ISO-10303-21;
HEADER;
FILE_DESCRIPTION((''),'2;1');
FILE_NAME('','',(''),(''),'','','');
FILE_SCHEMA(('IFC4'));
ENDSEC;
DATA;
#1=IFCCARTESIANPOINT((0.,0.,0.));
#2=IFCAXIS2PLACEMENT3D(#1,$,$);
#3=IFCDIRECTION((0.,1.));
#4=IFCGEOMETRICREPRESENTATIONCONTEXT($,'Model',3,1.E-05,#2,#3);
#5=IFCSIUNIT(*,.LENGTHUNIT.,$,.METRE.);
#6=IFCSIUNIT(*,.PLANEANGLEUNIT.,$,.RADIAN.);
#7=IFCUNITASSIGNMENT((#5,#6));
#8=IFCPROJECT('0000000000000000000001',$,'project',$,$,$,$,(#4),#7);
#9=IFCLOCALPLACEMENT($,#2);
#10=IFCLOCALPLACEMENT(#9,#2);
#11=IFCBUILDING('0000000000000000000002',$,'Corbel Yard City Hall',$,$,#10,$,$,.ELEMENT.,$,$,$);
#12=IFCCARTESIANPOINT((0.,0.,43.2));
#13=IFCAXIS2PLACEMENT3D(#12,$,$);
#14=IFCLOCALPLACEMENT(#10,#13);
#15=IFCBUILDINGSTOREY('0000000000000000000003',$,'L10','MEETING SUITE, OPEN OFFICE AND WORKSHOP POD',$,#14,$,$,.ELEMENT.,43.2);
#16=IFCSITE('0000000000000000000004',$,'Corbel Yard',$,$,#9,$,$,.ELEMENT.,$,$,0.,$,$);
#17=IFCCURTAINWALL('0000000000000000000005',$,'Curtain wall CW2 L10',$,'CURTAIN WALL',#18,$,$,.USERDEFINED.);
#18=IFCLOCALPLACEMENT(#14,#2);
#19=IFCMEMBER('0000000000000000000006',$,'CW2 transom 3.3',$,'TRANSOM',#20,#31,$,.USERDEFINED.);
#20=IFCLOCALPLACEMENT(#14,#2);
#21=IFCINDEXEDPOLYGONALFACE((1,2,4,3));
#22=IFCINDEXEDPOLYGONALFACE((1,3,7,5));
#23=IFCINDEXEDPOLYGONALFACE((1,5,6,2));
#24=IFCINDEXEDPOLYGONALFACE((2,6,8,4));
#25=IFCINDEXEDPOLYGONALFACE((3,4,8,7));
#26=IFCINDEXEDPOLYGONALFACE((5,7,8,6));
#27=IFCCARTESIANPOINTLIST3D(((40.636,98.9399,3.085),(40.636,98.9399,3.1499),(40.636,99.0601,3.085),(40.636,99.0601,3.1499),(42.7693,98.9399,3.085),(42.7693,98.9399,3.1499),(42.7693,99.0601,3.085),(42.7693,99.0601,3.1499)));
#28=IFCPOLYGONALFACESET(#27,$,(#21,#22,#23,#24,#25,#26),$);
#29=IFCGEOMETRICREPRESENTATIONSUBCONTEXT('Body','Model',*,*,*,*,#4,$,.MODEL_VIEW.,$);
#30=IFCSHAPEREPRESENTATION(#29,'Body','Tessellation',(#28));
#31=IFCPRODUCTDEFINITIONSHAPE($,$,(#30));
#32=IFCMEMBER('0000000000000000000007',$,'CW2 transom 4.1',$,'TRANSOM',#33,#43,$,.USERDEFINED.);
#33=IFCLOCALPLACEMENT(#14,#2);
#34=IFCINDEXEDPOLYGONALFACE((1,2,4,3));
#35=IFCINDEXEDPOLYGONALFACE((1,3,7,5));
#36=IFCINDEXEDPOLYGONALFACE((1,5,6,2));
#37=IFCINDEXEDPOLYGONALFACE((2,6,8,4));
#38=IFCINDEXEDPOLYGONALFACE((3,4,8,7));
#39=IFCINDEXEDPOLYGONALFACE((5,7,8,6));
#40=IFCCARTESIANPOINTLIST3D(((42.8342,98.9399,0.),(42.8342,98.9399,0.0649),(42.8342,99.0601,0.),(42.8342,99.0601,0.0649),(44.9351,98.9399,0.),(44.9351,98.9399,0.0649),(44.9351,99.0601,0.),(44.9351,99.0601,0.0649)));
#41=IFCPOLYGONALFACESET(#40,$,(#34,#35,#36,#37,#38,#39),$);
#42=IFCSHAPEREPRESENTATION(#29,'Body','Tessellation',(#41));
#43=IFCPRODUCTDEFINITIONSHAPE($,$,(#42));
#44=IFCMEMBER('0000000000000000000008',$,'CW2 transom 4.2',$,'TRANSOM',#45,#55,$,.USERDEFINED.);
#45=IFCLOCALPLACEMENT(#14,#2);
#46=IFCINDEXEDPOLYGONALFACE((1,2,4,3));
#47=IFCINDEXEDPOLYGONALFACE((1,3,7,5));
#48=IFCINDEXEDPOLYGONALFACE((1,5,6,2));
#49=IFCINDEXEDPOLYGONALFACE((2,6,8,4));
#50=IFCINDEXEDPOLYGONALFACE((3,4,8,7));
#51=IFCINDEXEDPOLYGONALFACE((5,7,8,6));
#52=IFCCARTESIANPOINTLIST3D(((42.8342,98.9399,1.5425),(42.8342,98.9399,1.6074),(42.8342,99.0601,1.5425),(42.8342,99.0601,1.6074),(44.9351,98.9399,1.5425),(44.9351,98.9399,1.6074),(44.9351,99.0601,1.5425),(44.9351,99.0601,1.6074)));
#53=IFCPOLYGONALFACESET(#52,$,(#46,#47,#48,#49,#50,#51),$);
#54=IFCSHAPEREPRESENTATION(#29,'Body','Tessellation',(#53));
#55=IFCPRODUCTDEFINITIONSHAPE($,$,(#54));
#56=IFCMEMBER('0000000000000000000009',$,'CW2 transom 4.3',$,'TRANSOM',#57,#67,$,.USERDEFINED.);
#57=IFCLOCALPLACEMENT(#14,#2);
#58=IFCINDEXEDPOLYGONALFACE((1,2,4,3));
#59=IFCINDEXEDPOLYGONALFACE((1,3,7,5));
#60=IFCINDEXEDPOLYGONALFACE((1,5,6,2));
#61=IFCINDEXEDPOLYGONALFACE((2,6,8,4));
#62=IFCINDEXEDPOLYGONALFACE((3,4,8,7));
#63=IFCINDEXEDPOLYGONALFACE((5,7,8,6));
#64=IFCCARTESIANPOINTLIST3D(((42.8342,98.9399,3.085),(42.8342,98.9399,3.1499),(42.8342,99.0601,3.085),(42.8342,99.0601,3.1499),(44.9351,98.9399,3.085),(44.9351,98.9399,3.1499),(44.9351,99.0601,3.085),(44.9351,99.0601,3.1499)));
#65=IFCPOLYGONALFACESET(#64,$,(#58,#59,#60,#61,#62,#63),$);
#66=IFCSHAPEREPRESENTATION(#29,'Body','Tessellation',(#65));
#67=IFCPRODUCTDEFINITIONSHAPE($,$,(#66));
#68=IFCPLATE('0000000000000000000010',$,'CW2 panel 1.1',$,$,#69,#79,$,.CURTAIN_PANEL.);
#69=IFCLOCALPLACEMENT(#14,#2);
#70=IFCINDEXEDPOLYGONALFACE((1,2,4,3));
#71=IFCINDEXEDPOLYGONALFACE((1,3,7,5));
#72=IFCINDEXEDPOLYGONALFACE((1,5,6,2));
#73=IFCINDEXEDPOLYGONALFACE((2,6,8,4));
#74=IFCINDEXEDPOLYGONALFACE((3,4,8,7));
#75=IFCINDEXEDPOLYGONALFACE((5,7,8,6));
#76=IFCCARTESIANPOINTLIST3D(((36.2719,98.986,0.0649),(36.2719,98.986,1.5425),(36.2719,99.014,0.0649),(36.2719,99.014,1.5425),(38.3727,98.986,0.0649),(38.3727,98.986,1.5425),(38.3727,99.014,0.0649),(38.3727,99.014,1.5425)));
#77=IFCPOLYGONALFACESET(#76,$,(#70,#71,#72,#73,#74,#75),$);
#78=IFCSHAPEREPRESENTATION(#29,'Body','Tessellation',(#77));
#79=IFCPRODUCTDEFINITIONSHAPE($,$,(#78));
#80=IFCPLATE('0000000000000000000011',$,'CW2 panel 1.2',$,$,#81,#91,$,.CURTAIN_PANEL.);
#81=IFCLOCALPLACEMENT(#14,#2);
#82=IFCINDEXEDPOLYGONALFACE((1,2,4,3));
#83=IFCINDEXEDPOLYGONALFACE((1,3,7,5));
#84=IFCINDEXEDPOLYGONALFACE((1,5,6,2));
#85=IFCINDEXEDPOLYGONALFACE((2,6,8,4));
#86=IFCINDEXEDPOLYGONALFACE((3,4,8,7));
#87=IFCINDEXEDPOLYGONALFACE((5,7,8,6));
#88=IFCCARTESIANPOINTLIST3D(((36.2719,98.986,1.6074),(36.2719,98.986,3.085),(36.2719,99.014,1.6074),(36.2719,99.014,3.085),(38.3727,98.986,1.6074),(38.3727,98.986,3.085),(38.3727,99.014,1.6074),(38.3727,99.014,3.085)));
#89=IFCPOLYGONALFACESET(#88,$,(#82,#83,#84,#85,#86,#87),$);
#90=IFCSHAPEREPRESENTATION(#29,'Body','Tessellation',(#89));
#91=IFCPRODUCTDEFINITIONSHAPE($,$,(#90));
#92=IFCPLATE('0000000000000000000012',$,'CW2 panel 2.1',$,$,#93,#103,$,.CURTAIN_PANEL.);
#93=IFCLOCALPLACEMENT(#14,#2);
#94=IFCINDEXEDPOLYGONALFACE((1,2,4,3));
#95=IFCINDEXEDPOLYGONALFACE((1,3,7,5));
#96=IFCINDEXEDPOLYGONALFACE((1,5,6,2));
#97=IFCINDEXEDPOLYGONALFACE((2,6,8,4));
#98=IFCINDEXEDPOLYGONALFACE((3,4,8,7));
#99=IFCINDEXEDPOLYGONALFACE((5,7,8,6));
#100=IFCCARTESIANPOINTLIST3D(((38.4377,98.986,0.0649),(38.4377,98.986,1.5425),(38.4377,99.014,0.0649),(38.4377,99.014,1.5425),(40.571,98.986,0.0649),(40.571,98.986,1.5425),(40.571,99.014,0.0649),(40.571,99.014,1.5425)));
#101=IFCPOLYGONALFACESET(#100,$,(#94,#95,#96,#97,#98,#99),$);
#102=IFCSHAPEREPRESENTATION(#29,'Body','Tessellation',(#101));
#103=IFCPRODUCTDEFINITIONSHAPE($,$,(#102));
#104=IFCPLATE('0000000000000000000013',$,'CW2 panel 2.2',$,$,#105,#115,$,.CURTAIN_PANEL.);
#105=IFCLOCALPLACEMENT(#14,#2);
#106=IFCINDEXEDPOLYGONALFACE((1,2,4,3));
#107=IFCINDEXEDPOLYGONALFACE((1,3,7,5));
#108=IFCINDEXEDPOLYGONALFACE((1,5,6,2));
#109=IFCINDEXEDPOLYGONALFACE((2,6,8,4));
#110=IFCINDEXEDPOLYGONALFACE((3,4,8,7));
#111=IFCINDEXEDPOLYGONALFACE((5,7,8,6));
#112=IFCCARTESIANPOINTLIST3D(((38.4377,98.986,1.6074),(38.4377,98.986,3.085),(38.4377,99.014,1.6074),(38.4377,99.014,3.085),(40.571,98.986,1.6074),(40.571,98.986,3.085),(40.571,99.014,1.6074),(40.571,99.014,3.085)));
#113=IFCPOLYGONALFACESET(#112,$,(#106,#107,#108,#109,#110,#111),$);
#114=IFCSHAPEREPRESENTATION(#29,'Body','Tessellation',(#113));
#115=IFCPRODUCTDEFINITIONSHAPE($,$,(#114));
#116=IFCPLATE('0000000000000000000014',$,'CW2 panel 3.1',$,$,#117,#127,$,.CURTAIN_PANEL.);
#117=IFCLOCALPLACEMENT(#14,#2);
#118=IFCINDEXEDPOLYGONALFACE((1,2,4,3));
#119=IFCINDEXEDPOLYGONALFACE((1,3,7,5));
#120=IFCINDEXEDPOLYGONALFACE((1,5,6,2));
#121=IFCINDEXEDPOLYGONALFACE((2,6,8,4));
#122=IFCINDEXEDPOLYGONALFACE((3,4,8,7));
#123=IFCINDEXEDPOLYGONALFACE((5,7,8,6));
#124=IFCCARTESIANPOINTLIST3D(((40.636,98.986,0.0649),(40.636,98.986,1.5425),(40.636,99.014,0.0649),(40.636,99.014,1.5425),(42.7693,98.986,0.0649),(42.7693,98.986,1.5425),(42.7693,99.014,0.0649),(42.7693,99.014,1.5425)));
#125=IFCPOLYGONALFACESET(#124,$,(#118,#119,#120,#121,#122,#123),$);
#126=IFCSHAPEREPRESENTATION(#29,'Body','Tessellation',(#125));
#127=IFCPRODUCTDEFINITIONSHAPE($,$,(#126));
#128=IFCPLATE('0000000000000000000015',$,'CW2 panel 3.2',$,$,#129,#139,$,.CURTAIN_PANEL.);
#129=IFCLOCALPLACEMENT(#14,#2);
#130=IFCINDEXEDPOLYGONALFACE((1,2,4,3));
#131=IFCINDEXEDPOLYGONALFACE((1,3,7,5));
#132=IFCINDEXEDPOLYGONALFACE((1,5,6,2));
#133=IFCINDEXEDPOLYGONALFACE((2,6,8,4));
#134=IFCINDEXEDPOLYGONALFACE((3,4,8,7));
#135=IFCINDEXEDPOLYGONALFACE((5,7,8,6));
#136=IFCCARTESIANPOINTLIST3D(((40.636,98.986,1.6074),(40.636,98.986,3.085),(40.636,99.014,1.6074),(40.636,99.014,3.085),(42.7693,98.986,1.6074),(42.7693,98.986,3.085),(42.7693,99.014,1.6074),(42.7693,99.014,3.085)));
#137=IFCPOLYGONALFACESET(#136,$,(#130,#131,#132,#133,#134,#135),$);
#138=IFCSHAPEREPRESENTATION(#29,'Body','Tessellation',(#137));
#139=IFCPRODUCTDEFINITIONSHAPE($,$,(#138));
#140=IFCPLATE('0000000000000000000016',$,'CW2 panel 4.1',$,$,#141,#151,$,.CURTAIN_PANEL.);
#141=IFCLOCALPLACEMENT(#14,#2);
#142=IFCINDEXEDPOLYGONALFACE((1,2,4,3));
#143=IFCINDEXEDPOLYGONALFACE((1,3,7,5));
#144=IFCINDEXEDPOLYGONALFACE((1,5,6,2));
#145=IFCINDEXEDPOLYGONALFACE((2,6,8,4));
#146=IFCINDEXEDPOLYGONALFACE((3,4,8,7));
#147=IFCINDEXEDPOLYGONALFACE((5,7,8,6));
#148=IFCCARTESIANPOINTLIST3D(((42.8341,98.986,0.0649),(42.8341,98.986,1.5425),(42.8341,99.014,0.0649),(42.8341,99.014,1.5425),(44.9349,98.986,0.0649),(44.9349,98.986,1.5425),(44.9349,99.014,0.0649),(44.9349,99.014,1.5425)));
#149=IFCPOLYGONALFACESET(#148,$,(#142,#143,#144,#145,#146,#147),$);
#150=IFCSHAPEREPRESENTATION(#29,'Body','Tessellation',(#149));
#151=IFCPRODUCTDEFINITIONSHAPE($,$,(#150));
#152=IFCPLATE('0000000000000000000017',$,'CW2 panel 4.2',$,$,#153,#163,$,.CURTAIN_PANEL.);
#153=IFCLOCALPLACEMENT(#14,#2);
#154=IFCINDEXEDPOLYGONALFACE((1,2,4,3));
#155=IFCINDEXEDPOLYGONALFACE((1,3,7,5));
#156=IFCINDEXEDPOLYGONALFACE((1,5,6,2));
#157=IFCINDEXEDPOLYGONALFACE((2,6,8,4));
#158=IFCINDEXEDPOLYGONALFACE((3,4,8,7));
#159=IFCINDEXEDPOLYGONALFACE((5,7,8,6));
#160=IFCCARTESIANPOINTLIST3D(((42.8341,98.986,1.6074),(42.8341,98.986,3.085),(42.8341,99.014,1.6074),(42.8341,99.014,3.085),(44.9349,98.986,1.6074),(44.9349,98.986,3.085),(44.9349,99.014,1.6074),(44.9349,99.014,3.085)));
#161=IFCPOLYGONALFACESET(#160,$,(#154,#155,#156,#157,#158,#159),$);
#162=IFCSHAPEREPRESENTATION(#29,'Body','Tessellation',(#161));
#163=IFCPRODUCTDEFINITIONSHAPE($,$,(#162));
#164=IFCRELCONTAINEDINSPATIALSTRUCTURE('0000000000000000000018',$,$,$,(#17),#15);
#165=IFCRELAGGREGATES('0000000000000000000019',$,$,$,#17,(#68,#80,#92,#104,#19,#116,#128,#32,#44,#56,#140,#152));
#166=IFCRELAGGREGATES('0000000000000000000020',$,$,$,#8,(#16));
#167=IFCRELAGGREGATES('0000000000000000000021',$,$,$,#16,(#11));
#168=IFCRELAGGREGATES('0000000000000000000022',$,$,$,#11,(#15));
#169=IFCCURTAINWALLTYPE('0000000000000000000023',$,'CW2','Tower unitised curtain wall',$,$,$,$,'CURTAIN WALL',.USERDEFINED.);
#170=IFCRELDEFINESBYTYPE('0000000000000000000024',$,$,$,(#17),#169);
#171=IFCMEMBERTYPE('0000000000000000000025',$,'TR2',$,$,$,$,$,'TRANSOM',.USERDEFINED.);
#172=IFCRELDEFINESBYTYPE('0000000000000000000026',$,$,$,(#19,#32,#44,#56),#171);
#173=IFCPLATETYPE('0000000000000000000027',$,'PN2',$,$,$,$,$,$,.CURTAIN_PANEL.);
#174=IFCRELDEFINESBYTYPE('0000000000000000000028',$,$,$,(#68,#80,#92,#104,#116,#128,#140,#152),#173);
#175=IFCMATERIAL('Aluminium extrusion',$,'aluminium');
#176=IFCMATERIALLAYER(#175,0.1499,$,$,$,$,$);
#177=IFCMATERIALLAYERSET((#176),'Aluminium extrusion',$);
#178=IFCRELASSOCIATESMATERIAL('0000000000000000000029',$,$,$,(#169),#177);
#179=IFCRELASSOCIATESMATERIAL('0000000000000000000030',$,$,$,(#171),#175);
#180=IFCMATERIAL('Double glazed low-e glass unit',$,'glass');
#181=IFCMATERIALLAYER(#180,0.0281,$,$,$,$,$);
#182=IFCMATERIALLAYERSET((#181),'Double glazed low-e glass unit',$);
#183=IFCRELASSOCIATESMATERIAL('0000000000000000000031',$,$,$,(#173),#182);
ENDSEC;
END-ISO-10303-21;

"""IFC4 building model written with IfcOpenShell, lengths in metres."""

from ifc_helpers import new_model, si_unit, direction, frame, origin, origin_2d, place, context, subcontext, project, spatial, rectangle, extrude, material, layer, layer_set, material_profile, profile_set, type_object, element, aggregate, save


model = new_model("IFC4")

# Units and contexts
model_context = context("Model", 3, precision=1e-05, world=origin(), true_north=direction((0.0, 1.0)))
body_context = subcontext(model_context, "Body", "Model", "MODEL_VIEW")
ifc_project = project(units=[si_unit("LENGTHUNIT", "METRE"), si_unit("PLANEANGLEUNIT", "RADIAN")], contexts=[model_context])

# Site, building, storey
site_placement = place(None, origin())
site = spatial("IfcSite", under=ifc_project, at=site_placement, Name="Corbel Yard", CompositionType="ELEMENT", RefElevation=0.0)
building_placement = place(site_placement, origin())
building = spatial("IfcBuilding", under=site, at=building_placement, Name="Corbel Yard City Hall", CompositionType="ELEMENT")
storey_placement = place(building_placement, frame((0.0, 0.0, 43.2)))
storey = spatial("IfcBuildingStorey", under=building, at=storey_placement, Name="L10", Description="MEETING SUITE, OPEN OFFICE AND WORKSHOP POD", CompositionType="ELEMENT", Elevation=43.2)

# Curtain wall, members, plates
ifc_material_1 = material(Name="Aluminium extrusion", Category="aluminium")
ifc_layer_1 = layer(ifc_material_1, 0.1499)
ifc_layer_set_1 = layer_set([ifc_layer_1], Name="Aluminium extrusion")
curtain_wall_type = type_object("IfcCurtainWallType", Name="CW2", Description="Tower unitised curtain wall", ElementType="CURTAIN WALL", PredefinedType="USERDEFINED", material=ifc_layer_set_1)
curtain_wall_placement = place(storey_placement, origin())
curtain_wall = element("IfcCurtainWall", 1, at=curtain_wall_placement, inside=storey, type_object=curtain_wall_type, Name="Curtain wall CW2 L10", ObjectType="CURTAIN WALL", PredefinedType="USERDEFINED")
ifc_material_profile_1 = material_profile(ifc_material_1, rectangle(XDim=0.1201, YDim=0.0649, at=origin_2d()), Name="120x65")
ifc_profile_set_1 = profile_set([ifc_material_profile_1], Name="Aluminium extrusion")
member_type_1 = type_object("IfcMemberType", Name="TR2", ElementType="TRANSOM", PredefinedType="USERDEFINED", material=ifc_profile_set_1)
member_1_placement = place(storey_placement, frame((40.636, 99.0, 3.1174), z_axis=(1.0, 0.0, 0.0), x_axis=(0.0, 1.0, 0.0)))
member_1 = element("IfcMember", 2, at=member_1_placement, type_object=member_type_1, Name="CW2 transom 3.3", ObjectType="TRANSOM", PredefinedType="USERDEFINED", context=body_context, shape_type="SweptSolid", body=[
    extrude(rectangle(XDim=0.1201, YDim=0.0649, at=origin_2d()), origin(), (0.0, 0.0, 1.0), 2.1333),
])
member_2_placement = place(storey_placement, frame((42.8342, 99.0, 0.0325), z_axis=(1.0, 0.0, 0.0), x_axis=(0.0, 1.0, 0.0)))
member_2 = element("IfcMember", 3, at=member_2_placement, type_object=member_type_1, Name="CW2 transom 4.1", ObjectType="TRANSOM", PredefinedType="USERDEFINED", context=body_context, shape_type="SweptSolid", body=[
    extrude(rectangle(XDim=0.1201, YDim=0.0649, at=origin_2d()), origin(), (0.0, 0.0, 1.0), 2.1008),
])
member_3_placement = place(storey_placement, frame((42.8342, 99.0, 1.575), z_axis=(1.0, 0.0, 0.0), x_axis=(0.0, 1.0, 0.0)))
member_3 = element("IfcMember", 4, at=member_3_placement, type_object=member_type_1, Name="CW2 transom 4.2", ObjectType="TRANSOM", PredefinedType="USERDEFINED", context=body_context, shape_type="SweptSolid", body=[
    extrude(rectangle(XDim=0.1201, YDim=0.0649, at=origin_2d()), origin(), (0.0, 0.0, 1.0), 2.1008),
])
member_4_placement = place(storey_placement, frame((42.8342, 99.0, 3.1174), z_axis=(1.0, 0.0, 0.0), x_axis=(0.0, 1.0, 0.0)))
member_4 = element("IfcMember", 5, at=member_4_placement, type_object=member_type_1, Name="CW2 transom 4.3", ObjectType="TRANSOM", PredefinedType="USERDEFINED", context=body_context, shape_type="SweptSolid", body=[
    extrude(rectangle(XDim=0.1201, YDim=0.0649, at=origin_2d()), origin(), (0.0, 0.0, 1.0), 2.1008),
])
ifc_material_2 = material(Name="Double glazed low-e glass unit", Category="glass")
ifc_layer_2 = layer(ifc_material_2, 0.0281)
ifc_layer_set_2 = layer_set([ifc_layer_2], Name="Double glazed low-e glass unit")
plate_type = type_object("IfcPlateType", Name="PN2", PredefinedType="CURTAIN_PANEL", material=ifc_layer_set_2)
plate_1_placement = place(storey_placement, frame((37.3223, 99.0, 0.0649), z_axis=(0.0, 0.0, 1.0), x_axis=(1.0, 0.0, 0.0)))
plate_1 = element("IfcPlate", 6, at=plate_1_placement, type_object=plate_type, Name="CW2 panel 1.1", PredefinedType="CURTAIN_PANEL", context=body_context, shape_type="SweptSolid", body=[
    extrude(rectangle(XDim=2.1008, YDim=0.0281, at=origin_2d()), origin(), (0.0, 0.0, 1.0), 1.4775),
])
plate_2_placement = place(storey_placement, frame((37.3223, 99.0, 1.6074), z_axis=(0.0, 0.0, 1.0), x_axis=(1.0, 0.0, 0.0)))
plate_2 = element("IfcPlate", 7, at=plate_2_placement, type_object=plate_type, Name="CW2 panel 1.2", PredefinedType="CURTAIN_PANEL", context=body_context, shape_type="SweptSolid", body=[
    extrude(rectangle(XDim=2.1008, YDim=0.0281, at=origin_2d()), origin(), (0.0, 0.0, 1.0), 1.4775),
])
plate_3_placement = place(storey_placement, frame((39.5044, 99.0, 0.0649), z_axis=(0.0, 0.0, 1.0), x_axis=(1.0, 0.0, 0.0)))
plate_3 = element("IfcPlate", 8, at=plate_3_placement, type_object=plate_type, Name="CW2 panel 2.1", PredefinedType="CURTAIN_PANEL", context=body_context, shape_type="SweptSolid", body=[
    extrude(rectangle(XDim=2.1333, YDim=0.0281, at=origin_2d()), origin(), (0.0, 0.0, 1.0), 1.4775),
])
plate_4_placement = place(storey_placement, frame((39.5044, 99.0, 1.6074), z_axis=(0.0, 0.0, 1.0), x_axis=(1.0, 0.0, 0.0)))
plate_4 = element("IfcPlate", 9, at=plate_4_placement, type_object=plate_type, Name="CW2 panel 2.2", PredefinedType="CURTAIN_PANEL", context=body_context, shape_type="SweptSolid", body=[
    extrude(rectangle(XDim=2.1333, YDim=0.0281, at=origin_2d()), origin(), (0.0, 0.0, 1.0), 1.4775),
])
plate_5_placement = place(storey_placement, frame((41.7026, 99.0, 0.0649), z_axis=(0.0, 0.0, 1.0), x_axis=(1.0, 0.0, 0.0)))
plate_5 = element("IfcPlate", 10, at=plate_5_placement, type_object=plate_type, Name="CW2 panel 3.1", PredefinedType="CURTAIN_PANEL", context=body_context, shape_type="SweptSolid", body=[
    extrude(rectangle(XDim=2.1333, YDim=0.0281, at=origin_2d()), origin(), (0.0, 0.0, 1.0), 1.4775),
])
plate_6_placement = place(storey_placement, frame((41.7026, 99.0, 1.6074), z_axis=(0.0, 0.0, 1.0), x_axis=(1.0, 0.0, 0.0)))
plate_6 = element("IfcPlate", 11, at=plate_6_placement, type_object=plate_type, Name="CW2 panel 3.2", PredefinedType="CURTAIN_PANEL", context=body_context, shape_type="SweptSolid", body=[
    extrude(rectangle(XDim=2.1333, YDim=0.0281, at=origin_2d()), origin(), (0.0, 0.0, 1.0), 1.4775),
])
plate_7_placement = place(storey_placement, frame((43.8845, 99.0, 0.0649), z_axis=(0.0, 0.0, 1.0), x_axis=(1.0, 0.0, 0.0)))
plate_7 = element("IfcPlate", 12, at=plate_7_placement, type_object=plate_type, Name="CW2 panel 4.1", PredefinedType="CURTAIN_PANEL", context=body_context, shape_type="SweptSolid", body=[
    extrude(rectangle(XDim=2.1008, YDim=0.0281, at=origin_2d()), origin(), (0.0, 0.0, 1.0), 1.4775),
])
plate_8_placement = place(storey_placement, frame((43.8845, 99.0, 1.6074), z_axis=(0.0, 0.0, 1.0), x_axis=(1.0, 0.0, 0.0)))
plate_8 = element("IfcPlate", 13, at=plate_8_placement, type_object=plate_type, Name="CW2 panel 4.2", PredefinedType="CURTAIN_PANEL", context=body_context, shape_type="SweptSolid", body=[
    extrude(rectangle(XDim=2.1008, YDim=0.0281, at=origin_2d()), origin(), (0.0, 0.0, 1.0), 1.4775),
])
aggregate(curtain_wall, [plate_1, plate_2, plate_3, plate_4, member_1, plate_5, plate_6, member_2, member_3, member_4, plate_7, plate_8])

save(model, "model.ifc")
